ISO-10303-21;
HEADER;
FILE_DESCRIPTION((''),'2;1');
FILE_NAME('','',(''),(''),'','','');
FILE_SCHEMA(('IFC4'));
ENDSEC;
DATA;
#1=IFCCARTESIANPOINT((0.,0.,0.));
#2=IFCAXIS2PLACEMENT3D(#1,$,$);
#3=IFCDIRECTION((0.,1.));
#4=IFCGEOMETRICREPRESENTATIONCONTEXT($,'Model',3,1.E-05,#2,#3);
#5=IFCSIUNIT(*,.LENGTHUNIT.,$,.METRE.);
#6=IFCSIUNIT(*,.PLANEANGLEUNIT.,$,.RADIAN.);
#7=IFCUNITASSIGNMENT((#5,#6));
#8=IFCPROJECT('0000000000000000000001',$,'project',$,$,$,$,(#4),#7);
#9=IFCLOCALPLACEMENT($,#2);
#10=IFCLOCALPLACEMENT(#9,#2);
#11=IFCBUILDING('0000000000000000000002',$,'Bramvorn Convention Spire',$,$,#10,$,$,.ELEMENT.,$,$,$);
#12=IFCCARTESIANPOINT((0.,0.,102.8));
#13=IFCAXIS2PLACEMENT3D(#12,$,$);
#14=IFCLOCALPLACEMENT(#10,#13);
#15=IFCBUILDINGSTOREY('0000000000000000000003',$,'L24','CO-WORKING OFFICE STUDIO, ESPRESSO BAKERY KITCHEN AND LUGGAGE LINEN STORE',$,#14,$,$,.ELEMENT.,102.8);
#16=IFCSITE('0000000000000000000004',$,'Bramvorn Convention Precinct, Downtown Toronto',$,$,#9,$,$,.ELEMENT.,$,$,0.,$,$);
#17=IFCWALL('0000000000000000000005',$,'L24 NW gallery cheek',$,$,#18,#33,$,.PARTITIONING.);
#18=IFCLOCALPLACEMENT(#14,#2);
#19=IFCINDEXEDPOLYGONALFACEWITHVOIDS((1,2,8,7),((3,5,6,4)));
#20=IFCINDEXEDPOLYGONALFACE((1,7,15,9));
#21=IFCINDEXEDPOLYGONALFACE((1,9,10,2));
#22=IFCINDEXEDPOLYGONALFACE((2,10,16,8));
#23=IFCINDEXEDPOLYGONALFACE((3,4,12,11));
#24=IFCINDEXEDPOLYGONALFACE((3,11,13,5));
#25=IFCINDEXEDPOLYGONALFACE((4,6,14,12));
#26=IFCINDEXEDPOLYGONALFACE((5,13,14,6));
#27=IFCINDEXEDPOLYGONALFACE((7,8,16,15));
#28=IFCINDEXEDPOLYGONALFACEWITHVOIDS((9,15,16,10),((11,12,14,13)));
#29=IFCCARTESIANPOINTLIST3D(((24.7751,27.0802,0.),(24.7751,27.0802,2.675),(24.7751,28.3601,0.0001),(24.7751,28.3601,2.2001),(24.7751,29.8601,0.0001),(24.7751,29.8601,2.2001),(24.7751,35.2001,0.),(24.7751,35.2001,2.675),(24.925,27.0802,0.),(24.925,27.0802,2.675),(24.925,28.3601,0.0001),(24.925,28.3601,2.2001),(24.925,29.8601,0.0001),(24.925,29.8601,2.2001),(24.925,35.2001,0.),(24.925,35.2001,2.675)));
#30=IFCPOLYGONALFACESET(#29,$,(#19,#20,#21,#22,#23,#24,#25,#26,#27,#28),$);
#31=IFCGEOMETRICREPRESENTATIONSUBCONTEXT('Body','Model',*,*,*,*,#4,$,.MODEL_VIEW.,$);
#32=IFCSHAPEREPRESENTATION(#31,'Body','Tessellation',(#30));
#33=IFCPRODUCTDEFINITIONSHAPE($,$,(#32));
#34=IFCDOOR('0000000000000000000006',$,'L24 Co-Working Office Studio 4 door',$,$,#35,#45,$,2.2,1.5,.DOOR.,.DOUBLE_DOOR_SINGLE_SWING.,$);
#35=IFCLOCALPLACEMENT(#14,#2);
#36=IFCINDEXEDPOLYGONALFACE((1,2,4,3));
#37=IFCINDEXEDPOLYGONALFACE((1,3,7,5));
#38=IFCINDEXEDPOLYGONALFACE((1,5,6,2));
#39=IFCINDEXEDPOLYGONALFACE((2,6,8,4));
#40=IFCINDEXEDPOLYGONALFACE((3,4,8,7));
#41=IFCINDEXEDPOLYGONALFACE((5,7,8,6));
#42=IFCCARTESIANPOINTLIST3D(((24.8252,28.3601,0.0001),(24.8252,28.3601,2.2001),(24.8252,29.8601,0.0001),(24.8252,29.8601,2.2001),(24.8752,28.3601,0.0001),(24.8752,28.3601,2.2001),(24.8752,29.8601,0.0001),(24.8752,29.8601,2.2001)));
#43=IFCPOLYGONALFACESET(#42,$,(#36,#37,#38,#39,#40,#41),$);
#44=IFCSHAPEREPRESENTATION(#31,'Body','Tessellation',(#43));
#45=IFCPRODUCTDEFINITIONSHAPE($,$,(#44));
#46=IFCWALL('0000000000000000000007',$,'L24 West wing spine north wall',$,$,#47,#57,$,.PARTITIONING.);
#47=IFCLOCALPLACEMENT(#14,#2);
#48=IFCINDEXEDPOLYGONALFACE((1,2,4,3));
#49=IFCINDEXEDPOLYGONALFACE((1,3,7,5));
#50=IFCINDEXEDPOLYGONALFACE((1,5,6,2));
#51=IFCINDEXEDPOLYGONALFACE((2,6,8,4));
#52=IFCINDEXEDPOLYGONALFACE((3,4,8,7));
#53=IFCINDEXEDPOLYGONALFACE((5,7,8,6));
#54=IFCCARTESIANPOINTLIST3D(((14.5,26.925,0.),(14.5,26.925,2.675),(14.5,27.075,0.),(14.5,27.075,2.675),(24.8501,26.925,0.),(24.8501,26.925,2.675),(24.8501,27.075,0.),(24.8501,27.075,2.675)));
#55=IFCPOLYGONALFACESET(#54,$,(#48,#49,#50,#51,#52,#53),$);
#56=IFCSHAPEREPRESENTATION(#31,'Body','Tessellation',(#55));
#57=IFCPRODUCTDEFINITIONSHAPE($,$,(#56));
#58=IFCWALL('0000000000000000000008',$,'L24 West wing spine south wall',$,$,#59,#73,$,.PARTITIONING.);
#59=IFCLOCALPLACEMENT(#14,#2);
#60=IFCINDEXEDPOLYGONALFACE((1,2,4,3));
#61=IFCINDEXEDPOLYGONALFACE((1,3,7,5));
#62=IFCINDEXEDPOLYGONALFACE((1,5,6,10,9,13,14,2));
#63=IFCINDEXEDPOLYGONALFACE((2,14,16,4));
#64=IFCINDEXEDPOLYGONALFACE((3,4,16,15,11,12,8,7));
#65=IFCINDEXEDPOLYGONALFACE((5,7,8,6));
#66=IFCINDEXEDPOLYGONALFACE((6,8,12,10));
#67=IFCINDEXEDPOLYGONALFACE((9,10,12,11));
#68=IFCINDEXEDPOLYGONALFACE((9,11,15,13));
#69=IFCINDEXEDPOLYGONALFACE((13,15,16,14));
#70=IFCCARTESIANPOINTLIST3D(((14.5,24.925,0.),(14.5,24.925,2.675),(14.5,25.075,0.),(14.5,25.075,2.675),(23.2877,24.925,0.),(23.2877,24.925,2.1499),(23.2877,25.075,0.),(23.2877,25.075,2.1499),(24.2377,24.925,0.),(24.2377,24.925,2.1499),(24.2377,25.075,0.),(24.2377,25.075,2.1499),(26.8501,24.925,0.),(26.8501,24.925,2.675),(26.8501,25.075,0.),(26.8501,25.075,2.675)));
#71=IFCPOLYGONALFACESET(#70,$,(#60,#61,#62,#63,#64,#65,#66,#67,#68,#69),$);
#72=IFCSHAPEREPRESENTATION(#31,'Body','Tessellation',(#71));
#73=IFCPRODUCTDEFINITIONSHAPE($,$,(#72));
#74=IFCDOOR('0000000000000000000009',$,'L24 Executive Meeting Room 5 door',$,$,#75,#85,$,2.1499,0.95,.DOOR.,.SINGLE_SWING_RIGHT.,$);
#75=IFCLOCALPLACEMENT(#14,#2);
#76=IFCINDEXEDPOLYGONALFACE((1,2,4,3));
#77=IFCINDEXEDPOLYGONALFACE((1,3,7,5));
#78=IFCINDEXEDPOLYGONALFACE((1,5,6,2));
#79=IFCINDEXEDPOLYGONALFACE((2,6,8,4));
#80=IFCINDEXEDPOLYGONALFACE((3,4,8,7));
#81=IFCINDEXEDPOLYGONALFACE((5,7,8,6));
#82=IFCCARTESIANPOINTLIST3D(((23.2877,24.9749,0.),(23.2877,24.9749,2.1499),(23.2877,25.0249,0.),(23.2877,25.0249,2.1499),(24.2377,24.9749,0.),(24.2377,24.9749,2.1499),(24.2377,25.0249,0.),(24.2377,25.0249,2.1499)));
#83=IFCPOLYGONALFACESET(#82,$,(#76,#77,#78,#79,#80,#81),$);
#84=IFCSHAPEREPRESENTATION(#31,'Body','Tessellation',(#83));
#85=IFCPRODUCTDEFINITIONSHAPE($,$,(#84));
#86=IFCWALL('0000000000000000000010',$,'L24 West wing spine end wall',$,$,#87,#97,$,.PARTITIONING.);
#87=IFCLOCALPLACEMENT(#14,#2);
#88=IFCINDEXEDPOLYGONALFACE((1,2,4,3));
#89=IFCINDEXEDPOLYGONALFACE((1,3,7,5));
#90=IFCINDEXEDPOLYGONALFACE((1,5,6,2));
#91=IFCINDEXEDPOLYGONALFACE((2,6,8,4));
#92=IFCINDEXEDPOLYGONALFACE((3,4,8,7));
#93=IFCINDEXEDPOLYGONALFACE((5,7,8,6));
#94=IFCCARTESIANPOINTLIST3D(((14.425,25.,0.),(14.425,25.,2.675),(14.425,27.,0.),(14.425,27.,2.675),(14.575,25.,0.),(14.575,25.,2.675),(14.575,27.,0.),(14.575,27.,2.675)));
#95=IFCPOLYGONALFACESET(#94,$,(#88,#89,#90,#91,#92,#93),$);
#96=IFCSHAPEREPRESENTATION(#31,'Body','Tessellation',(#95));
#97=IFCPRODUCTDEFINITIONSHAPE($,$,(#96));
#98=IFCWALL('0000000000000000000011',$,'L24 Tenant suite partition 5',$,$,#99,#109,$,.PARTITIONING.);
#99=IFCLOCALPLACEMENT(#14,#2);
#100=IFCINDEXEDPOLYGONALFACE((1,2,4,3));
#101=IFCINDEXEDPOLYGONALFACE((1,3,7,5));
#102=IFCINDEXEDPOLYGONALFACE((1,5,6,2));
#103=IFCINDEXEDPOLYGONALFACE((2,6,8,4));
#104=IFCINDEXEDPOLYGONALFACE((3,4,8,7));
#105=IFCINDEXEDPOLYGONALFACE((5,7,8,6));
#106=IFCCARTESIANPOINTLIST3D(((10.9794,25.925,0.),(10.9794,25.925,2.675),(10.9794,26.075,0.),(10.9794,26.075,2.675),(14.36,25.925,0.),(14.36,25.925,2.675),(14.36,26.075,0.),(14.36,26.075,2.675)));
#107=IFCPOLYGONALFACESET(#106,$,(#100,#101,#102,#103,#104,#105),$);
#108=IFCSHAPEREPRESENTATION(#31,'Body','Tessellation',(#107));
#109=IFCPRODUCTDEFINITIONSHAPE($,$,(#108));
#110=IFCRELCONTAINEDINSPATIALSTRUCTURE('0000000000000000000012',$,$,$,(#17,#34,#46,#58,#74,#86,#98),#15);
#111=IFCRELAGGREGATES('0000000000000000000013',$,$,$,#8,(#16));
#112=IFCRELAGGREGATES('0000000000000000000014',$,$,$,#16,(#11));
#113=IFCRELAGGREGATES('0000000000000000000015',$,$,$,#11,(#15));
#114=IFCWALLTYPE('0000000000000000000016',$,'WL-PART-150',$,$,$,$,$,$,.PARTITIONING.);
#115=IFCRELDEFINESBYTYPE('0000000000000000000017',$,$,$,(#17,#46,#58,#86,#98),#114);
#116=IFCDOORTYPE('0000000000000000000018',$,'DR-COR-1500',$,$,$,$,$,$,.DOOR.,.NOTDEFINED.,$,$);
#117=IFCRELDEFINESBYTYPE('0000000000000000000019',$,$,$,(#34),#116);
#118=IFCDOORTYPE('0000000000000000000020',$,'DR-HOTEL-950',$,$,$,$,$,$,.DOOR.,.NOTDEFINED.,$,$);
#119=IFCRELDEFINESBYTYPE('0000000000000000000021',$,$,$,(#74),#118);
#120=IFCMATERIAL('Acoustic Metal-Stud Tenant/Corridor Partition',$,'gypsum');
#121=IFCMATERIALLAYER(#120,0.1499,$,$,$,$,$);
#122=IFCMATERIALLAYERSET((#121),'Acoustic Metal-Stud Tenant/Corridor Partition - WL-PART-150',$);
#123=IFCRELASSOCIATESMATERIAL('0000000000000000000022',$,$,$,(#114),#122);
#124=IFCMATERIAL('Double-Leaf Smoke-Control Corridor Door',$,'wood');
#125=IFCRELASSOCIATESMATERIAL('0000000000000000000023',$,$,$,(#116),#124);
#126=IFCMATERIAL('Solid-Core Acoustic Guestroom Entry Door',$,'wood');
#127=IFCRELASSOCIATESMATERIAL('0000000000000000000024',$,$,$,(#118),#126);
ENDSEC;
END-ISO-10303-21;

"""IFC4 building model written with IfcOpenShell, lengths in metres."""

from ifc_helpers import new_model, si_unit, direction, frame, frame_2d, origin, place, context, subcontext, project, spatial, rectangle, extrude, material, layer, layer_set, type_object, element, fill, save


model = new_model("IFC4")

# Units and contexts
model_context = context("Model", 3, precision=1e-05, world=origin(), true_north=direction((0.0, 1.0)))
body_context = subcontext(model_context, "Body", "Model", "MODEL_VIEW")
ifc_project = project(units=[si_unit("LENGTHUNIT", "METRE"), si_unit("PLANEANGLEUNIT", "RADIAN")], contexts=[model_context])

# Site, building, storey
site_placement = place(None, origin())
site = spatial("IfcSite", under=ifc_project, at=site_placement, Name="Bramvorn Convention Precinct, Downtown Toronto", CompositionType="ELEMENT", RefElevation=0.0)
building_placement = place(site_placement, origin())
building = spatial("IfcBuilding", under=site, at=building_placement, Name="Bramvorn Convention Spire", CompositionType="ELEMENT")
storey_placement = place(building_placement, frame((0.0, 0.0, 102.8)))
storey = spatial("IfcBuildingStorey", under=building, at=storey_placement, Name="L24", Description="CO-WORKING OFFICE STUDIO, ESPRESSO BAKERY KITCHEN AND LUGGAGE LINEN STORE", CompositionType="ELEMENT", Elevation=102.8)

# Shared definitions
ifc_material_1 = material(Name="Acoustic Metal-Stud Tenant/Corridor Partition", Category="gypsum")
ifc_layer_1 = layer(ifc_material_1, 0.1499)
ifc_layer_set_1 = layer_set([ifc_layer_1], Name="Acoustic Metal-Stud Tenant/Corridor Partition - WL-PART-150")
wall_type_1 = type_object("IfcWallType", Name="WL-PART-150", PredefinedType="PARTITIONING", material=ifc_layer_set_1)
ifc_material_2 = material(Name="Double-Leaf Smoke-Control Corridor Door", Category="wood")
door_type_1 = type_object("IfcDoorType", Name="DR-COR-1500", OperationType="NOTDEFINED", PredefinedType="DOOR", material=ifc_material_2)
ifc_material_3 = material(Name="Solid-Core Acoustic Guestroom Entry Door", Category="wood")
door_type_2 = type_object("IfcDoorType", Name="DR-HOTEL-950", OperationType="NOTDEFINED", PredefinedType="DOOR", material=ifc_material_3)

# Wall, opening, door
wall_1_placement = place(storey_placement, frame((24.8501, 27.0801, 0.0), z_axis=(0.0, 0.0, 1.0), x_axis=(0.0, 1.0, 0.0)))
wall_1 = element("IfcWall", 1, at=wall_1_placement, inside=storey, type_object=wall_type_1, Name="L24 NW gallery cheek", PredefinedType="PARTITIONING", context=body_context, shape_type="SweptSolid", body=[
    extrude(rectangle(XDim=8.1199, YDim=0.1499, at=frame_2d((4.0601, 0.0))), origin(), (0.0, 0.0, 1.0), 2.675),
])
opening_1_placement = place(wall_1_placement, frame((1.28, 0.0, 0.0)))
opening_1 = element("IfcOpeningElement", 2, at=opening_1_placement, cuts=wall_1, PredefinedType="OPENING", context=body_context, shape_type="SweptSolid", body=[
    extrude(rectangle(XDim=1.5, YDim=2.2, at=frame_2d((0.75, 1.1001))), frame((0.0, 0.085, 0.0), z_axis=(0.0, -1.0, 0.0), x_axis=(1.0, 0.0, 0.0)), (0.0, 0.0, 1.0), 0.1699),
])
door_1_placement = place(opening_1_placement, origin())
door_1 = element("IfcDoor", 3, at=door_1_placement, inside=storey, type_object=door_type_1, Name="L24 Co-Working Office Studio 4 door", OperationType="DOUBLE_DOOR_SINGLE_SWING", OverallHeight=2.2, OverallWidth=1.5, PredefinedType="DOOR", context=body_context, shape_type="SweptSolid", body=[
    extrude(rectangle(XDim=1.5, YDim=2.2, at=frame_2d((0.75, 1.1001))), frame((0.0, 0.0249, 0.0), z_axis=(0.0, -1.0, 0.0), x_axis=(1.0, 0.0, 0.0)), (0.0, 0.0, 1.0), 0.05),
])
fill(opening_1, door_1)

# Wall
wall_2_placement = place(storey_placement, frame((14.5, 27.0, 0.0), z_axis=(0.0, 0.0, 1.0), x_axis=(1.0, 0.0, 0.0)))
element("IfcWall", 4, at=wall_2_placement, inside=storey, type_object=wall_type_1, Name="L24 West wing spine north wall", PredefinedType="PARTITIONING", context=body_context, shape_type="SweptSolid", body=[
    extrude(rectangle(XDim=10.3501, YDim=0.1499, at=frame_2d((5.175, 0.0))), origin(), (0.0, 0.0, 1.0), 2.675),
])

# Wall, opening, door
wall_3_placement = place(storey_placement, frame((14.5, 25.0, 0.0), z_axis=(0.0, 0.0, 1.0), x_axis=(1.0, 0.0, 0.0)))
wall_3 = element("IfcWall", 5, at=wall_3_placement, inside=storey, type_object=wall_type_1, Name="L24 West wing spine south wall", PredefinedType="PARTITIONING", context=body_context, shape_type="SweptSolid", body=[
    extrude(rectangle(XDim=12.3501, YDim=0.1499, at=frame_2d((6.175, 0.0))), origin(), (0.0, 0.0, 1.0), 2.675),
])
opening_2_placement = place(wall_3_placement, frame((8.7876, 0.0, 0.0)))
opening_2 = element("IfcOpeningElement", 6, at=opening_2_placement, cuts=wall_3, PredefinedType="OPENING", context=body_context, shape_type="SweptSolid", body=[
    extrude(rectangle(XDim=0.95, YDim=2.1499, at=frame_2d((0.4751, 1.075))), frame((0.0, 0.085, 0.0), z_axis=(0.0, -1.0, 0.0), x_axis=(1.0, 0.0, 0.0)), (0.0, 0.0, 1.0), 0.1699),
])
door_2_placement = place(opening_2_placement, origin())
door_2 = element("IfcDoor", 7, at=door_2_placement, inside=storey, type_object=door_type_2, Name="L24 Executive Meeting Room 5 door", OperationType="SINGLE_SWING_RIGHT", OverallHeight=2.1499, OverallWidth=0.95, PredefinedType="DOOR", context=body_context, shape_type="SweptSolid", body=[
    extrude(rectangle(XDim=0.95, YDim=2.1499, at=frame_2d((0.4751, 1.075))), frame((0.0, 0.0249, 0.0), z_axis=(0.0, -1.0, 0.0), x_axis=(1.0, 0.0, 0.0)), (0.0, 0.0, 1.0), 0.05),
])
fill(opening_2, door_2)

# Walls
wall_4_placement = place(storey_placement, frame((14.5, 25.0, 0.0), z_axis=(0.0, 0.0, 1.0), x_axis=(0.0, 1.0, 0.0)))
element("IfcWall", 8, at=wall_4_placement, inside=storey, type_object=wall_type_1, Name="L24 West wing spine end wall", PredefinedType="PARTITIONING", context=body_context, shape_type="SweptSolid", body=[
    extrude(rectangle(XDim=2.0, YDim=0.1499, at=frame_2d((1.0, 0.0))), origin(), (0.0, 0.0, 1.0), 2.675),
])
wall_5_placement = place(storey_placement, frame((14.3601, 26.0, 0.0), z_axis=(0.0, 0.0, 1.0), x_axis=(-1.0, 0.0, 0.0)))
element("IfcWall", 9, at=wall_5_placement, inside=storey, type_object=wall_type_1, Name="L24 Tenant suite partition 5", PredefinedType="PARTITIONING", context=body_context, shape_type="SweptSolid", body=[
    extrude(rectangle(XDim=3.3806, YDim=0.1499, at=frame_2d((1.6904, 0.0))), origin(), (0.0, 0.0, 1.0), 2.675),
])

save(model, "model.ifc")
